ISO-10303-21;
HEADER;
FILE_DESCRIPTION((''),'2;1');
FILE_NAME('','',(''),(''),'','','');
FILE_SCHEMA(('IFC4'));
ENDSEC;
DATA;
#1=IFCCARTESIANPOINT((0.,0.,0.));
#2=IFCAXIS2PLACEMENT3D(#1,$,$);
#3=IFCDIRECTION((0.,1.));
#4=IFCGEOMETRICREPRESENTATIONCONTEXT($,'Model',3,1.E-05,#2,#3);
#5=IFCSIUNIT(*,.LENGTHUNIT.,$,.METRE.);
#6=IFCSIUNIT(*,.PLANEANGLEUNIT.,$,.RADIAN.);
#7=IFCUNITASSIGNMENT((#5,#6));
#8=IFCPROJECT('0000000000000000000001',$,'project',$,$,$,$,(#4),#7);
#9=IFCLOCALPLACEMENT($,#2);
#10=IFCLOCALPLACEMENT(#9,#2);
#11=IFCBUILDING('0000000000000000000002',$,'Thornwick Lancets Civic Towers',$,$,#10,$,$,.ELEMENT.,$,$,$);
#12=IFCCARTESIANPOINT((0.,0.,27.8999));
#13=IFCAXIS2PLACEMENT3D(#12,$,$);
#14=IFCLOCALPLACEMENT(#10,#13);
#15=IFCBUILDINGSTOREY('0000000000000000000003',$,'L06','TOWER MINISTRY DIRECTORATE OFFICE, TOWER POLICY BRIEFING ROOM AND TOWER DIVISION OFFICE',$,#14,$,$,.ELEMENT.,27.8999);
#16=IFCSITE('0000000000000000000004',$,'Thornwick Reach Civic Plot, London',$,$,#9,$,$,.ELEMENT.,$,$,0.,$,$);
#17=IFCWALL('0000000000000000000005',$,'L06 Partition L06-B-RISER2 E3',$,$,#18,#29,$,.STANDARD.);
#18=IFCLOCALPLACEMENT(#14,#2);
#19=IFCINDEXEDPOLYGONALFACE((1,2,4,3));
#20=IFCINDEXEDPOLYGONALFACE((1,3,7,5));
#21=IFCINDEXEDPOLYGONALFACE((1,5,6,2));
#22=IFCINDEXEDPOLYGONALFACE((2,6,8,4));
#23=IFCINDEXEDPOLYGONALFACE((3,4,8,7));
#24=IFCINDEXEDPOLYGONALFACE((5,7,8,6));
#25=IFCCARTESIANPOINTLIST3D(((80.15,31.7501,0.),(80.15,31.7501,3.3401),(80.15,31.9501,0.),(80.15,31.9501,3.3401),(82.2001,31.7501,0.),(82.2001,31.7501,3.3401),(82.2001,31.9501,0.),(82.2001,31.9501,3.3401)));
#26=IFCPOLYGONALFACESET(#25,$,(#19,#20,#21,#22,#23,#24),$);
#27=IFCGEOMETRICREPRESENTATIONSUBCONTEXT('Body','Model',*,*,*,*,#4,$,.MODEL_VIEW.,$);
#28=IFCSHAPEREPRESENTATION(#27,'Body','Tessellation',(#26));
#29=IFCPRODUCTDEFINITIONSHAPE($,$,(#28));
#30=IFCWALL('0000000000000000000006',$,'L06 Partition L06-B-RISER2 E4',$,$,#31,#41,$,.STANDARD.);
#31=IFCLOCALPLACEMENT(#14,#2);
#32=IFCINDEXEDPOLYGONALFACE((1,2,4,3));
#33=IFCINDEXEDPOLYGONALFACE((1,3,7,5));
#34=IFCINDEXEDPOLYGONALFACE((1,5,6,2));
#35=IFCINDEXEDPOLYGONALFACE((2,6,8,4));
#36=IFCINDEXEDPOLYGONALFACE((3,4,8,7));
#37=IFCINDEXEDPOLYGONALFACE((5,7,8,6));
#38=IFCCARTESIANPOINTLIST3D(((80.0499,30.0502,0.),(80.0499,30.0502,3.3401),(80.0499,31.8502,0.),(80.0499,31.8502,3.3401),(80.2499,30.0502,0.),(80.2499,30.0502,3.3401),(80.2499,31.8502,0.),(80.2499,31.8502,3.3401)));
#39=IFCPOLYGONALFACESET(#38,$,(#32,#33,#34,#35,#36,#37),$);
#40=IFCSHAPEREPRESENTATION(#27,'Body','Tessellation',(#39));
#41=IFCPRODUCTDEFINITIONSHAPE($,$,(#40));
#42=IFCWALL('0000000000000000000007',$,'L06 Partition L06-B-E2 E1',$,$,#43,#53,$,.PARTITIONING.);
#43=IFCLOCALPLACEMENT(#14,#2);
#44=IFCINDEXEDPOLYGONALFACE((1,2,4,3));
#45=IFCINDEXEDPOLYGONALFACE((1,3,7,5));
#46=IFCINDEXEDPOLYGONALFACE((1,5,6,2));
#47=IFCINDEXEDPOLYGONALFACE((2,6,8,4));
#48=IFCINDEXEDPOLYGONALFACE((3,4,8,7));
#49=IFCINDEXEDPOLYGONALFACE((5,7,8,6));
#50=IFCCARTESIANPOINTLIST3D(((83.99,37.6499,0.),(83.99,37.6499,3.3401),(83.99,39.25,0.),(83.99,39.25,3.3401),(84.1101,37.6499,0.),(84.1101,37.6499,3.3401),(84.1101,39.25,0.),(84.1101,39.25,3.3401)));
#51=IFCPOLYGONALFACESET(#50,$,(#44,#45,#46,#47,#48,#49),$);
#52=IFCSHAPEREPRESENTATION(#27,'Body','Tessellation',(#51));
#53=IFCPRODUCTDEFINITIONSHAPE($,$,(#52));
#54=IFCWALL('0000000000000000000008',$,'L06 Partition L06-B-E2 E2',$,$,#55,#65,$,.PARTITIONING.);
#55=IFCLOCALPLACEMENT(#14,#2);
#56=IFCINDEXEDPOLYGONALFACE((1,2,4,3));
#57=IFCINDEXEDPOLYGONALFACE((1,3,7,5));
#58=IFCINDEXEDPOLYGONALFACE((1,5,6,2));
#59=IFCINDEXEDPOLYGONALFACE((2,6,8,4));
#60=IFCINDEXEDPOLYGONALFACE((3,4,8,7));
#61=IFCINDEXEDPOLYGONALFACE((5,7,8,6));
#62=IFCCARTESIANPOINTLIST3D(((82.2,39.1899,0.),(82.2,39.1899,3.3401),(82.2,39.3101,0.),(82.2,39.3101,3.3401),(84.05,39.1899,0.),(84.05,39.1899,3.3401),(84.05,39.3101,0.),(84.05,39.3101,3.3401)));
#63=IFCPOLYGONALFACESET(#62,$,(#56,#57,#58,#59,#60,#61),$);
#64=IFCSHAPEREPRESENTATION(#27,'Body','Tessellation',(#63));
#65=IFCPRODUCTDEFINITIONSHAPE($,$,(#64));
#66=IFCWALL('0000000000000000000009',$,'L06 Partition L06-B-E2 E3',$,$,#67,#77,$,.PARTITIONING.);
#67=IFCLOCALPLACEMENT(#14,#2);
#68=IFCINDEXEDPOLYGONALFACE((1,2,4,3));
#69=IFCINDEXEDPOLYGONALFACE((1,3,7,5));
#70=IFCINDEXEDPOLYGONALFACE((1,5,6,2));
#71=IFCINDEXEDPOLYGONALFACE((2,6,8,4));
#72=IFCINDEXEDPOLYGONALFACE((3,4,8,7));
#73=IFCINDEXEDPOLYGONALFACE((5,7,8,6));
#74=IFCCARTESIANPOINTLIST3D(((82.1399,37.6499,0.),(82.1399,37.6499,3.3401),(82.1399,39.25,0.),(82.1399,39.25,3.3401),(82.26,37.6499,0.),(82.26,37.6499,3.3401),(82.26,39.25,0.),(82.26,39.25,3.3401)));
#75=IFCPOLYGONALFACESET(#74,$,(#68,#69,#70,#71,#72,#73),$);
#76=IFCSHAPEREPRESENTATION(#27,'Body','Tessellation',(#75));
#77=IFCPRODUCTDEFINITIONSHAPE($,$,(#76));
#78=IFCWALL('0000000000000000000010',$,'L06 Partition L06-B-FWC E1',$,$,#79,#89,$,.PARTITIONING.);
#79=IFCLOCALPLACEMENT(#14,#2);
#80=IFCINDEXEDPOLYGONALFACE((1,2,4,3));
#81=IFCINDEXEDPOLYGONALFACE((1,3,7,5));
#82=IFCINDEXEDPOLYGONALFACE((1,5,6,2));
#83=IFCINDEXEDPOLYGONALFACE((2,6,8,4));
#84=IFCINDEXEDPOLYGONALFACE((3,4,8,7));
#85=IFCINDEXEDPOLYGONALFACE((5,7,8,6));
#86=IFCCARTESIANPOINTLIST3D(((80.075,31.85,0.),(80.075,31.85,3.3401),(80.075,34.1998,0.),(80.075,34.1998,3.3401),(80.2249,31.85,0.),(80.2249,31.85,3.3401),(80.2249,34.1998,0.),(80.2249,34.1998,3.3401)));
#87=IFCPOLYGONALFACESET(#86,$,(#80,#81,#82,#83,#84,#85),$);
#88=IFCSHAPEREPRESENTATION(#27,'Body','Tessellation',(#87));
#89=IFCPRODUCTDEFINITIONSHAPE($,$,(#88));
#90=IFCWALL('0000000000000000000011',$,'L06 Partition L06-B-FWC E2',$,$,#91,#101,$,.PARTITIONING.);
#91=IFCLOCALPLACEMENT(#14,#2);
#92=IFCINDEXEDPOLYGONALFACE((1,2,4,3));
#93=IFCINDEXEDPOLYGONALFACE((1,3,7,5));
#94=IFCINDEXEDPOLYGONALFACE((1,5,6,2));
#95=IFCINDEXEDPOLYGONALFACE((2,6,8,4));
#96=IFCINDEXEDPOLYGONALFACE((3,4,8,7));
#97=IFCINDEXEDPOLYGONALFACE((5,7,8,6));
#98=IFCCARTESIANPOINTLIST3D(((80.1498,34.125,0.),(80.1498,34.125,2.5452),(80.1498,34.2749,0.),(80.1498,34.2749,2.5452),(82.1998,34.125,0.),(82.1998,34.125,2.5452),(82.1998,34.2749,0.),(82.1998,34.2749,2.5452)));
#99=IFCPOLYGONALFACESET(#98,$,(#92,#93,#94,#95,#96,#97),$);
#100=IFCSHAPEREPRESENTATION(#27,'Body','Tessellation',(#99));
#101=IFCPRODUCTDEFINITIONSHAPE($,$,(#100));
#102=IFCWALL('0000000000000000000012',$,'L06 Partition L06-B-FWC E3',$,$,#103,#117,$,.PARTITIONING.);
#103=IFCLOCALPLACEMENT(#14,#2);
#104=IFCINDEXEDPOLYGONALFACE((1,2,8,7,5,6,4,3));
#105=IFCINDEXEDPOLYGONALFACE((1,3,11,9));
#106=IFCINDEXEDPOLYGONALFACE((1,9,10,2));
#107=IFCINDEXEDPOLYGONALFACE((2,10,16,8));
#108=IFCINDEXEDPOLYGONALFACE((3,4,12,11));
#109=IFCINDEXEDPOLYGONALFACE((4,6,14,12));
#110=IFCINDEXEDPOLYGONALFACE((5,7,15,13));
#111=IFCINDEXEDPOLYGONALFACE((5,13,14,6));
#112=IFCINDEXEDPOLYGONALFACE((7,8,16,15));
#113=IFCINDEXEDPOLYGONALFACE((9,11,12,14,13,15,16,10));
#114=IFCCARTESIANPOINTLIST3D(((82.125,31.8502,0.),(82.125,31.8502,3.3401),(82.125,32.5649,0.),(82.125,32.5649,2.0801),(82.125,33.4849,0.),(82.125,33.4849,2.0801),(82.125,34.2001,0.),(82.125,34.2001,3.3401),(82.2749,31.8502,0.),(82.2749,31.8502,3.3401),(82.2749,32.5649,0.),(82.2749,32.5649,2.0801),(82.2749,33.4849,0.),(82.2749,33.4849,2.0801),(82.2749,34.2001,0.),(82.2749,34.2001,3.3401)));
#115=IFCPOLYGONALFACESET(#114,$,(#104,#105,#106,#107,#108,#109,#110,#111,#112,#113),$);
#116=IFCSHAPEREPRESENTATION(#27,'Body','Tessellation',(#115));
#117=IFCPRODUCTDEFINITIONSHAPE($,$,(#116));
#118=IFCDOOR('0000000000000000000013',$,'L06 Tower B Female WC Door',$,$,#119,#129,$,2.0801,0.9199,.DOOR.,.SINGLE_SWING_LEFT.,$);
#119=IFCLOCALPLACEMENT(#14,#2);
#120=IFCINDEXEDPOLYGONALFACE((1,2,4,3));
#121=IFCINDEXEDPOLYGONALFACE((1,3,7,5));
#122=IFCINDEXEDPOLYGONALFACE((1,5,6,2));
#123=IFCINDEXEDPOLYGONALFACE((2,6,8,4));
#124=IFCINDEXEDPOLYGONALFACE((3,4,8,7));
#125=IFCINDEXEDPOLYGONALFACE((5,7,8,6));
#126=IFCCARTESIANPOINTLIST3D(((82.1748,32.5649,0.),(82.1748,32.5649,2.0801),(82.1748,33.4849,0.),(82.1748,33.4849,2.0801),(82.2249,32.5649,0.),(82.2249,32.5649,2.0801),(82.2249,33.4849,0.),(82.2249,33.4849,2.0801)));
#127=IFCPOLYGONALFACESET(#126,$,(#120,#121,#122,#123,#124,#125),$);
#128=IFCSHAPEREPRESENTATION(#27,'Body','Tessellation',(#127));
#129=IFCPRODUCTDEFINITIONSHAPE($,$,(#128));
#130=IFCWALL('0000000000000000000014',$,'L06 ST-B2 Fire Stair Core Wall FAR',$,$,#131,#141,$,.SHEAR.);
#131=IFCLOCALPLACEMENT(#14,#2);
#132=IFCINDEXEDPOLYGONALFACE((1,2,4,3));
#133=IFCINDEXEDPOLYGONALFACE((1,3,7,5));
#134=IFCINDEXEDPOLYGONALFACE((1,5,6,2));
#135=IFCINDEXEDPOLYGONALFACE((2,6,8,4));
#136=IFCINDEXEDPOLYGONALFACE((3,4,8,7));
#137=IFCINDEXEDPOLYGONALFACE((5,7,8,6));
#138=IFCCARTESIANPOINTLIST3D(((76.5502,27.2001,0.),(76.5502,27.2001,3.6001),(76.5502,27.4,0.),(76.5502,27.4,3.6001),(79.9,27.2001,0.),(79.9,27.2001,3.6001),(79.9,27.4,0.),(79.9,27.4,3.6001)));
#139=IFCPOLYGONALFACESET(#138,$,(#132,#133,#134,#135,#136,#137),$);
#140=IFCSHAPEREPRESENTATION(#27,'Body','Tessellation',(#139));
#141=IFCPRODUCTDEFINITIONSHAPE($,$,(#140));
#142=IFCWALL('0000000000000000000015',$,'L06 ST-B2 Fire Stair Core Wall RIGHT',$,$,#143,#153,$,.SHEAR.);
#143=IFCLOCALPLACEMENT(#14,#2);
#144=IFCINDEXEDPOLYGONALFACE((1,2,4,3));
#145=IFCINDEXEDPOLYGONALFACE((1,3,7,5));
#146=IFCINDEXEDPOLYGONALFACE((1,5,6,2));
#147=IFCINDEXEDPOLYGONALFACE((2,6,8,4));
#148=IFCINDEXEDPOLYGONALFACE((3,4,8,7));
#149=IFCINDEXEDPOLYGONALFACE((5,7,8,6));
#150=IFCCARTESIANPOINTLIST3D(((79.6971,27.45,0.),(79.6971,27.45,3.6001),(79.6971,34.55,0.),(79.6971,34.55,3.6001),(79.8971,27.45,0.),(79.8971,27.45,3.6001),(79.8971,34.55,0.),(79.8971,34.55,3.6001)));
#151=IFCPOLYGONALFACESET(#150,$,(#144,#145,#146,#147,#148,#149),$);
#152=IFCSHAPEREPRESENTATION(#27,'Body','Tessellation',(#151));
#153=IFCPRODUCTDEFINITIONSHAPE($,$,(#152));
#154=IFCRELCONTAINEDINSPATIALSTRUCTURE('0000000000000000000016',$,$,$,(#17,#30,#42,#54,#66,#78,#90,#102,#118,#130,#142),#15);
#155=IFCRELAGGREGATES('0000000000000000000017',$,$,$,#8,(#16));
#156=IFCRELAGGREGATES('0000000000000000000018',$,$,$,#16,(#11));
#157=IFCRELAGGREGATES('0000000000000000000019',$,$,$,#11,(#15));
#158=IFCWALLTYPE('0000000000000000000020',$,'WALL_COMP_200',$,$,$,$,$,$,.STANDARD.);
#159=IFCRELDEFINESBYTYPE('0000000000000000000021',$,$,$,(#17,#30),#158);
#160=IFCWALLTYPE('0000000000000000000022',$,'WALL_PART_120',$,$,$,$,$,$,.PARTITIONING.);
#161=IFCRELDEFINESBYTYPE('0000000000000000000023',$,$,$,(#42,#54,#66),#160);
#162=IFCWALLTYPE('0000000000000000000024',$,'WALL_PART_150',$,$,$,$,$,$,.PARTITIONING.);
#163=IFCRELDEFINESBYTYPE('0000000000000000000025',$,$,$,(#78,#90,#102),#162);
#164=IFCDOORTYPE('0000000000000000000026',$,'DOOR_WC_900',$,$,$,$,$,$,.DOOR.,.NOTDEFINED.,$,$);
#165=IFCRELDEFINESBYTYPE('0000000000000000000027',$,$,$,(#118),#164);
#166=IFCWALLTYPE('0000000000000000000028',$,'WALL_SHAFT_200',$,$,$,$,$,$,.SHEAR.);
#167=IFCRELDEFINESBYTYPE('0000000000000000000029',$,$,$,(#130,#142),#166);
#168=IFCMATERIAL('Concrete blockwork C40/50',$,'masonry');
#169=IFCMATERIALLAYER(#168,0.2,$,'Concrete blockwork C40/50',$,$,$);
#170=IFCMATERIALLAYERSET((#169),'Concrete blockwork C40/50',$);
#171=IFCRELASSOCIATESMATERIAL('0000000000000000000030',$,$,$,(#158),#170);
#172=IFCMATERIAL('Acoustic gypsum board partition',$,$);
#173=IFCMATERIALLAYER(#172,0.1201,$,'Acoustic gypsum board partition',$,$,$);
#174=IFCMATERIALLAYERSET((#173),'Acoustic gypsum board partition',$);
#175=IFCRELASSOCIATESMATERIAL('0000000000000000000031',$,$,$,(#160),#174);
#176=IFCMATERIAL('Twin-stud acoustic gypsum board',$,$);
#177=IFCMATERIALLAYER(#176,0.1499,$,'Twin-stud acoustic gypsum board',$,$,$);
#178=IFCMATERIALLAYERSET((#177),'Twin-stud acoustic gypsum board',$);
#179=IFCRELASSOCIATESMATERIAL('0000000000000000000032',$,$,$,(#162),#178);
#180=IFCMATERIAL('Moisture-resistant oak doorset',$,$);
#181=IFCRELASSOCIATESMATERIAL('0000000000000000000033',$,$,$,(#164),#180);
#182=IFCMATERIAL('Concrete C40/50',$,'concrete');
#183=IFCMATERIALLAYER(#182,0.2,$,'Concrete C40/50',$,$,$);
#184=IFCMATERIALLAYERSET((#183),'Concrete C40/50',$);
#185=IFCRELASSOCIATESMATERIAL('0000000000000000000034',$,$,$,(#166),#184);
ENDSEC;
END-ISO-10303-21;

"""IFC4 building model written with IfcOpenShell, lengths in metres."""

from ifc_helpers import new_model, si_unit, direction, frame, frame_2d, origin, place, context, subcontext, project, spatial, rectangle, extrude, material, layer, layer_set, type_object, element, fill, save


model = new_model("IFC4")

# Units and contexts
model_context = context("Model", 3, precision=1e-05, world=origin(), true_north=direction((0.0, 1.0)))
body_context = subcontext(model_context, "Body", "Model", "MODEL_VIEW")
ifc_project = project(units=[si_unit("LENGTHUNIT", "METRE"), si_unit("PLANEANGLEUNIT", "RADIAN")], contexts=[model_context])

# Site, building, storey
site_placement = place(None, origin())
site = spatial("IfcSite", under=ifc_project, at=site_placement, Name="Thornwick Reach Civic Plot, London", CompositionType="ELEMENT", RefElevation=0.0)
building_placement = place(site_placement, origin())
building = spatial("IfcBuilding", under=site, at=building_placement, Name="Thornwick Lancets Civic Towers", CompositionType="ELEMENT")
storey_placement = place(building_placement, frame((0.0, 0.0, 27.8999)))
storey = spatial("IfcBuildingStorey", under=building, at=storey_placement, Name="L06", Description="TOWER MINISTRY DIRECTORATE OFFICE, TOWER POLICY BRIEFING ROOM AND TOWER DIVISION OFFICE", CompositionType="ELEMENT", Elevation=27.8999)

# Shared definitions
ifc_material_1 = material(Name="Concrete blockwork C40/50", Category="masonry")
ifc_layer_1 = layer(ifc_material_1, 0.2, Name="Concrete blockwork C40/50")
ifc_layer_set_1 = layer_set([ifc_layer_1], Name="Concrete blockwork C40/50")
wall_type_1 = type_object("IfcWallType", Name="WALL_COMP_200", PredefinedType="STANDARD", material=ifc_layer_set_1)

# Walls
wall_1_placement = place(storey_placement, frame((82.2, 31.8501, 0.0), z_axis=(0.0, 0.0, 1.0), x_axis=(-1.0, 0.0, 0.0)))
element("IfcWall", 1, at=wall_1_placement, inside=storey, type_object=wall_type_1, Name="L06 Partition L06-B-RISER2 E3", PredefinedType="STANDARD", context=body_context, shape_type="SweptSolid", body=[
    extrude(rectangle(XDim=2.05, YDim=0.2, at=frame_2d((1.0249, 0.0))), origin(), (0.0, 0.0, 1.0), 3.3401),
])
wall_2_placement = place(storey_placement, frame((80.1499, 31.8501, 0.0), z_axis=(0.0, 0.0, 1.0), x_axis=(0.0, -1.0, 0.0)))
element("IfcWall", 2, at=wall_2_placement, inside=storey, type_object=wall_type_1, Name="L06 Partition L06-B-RISER2 E4", PredefinedType="STANDARD", context=body_context, shape_type="SweptSolid", body=[
    extrude(rectangle(XDim=1.8, YDim=0.2, at=frame_2d((0.8999, 0.0))), origin(), (0.0, 0.0, 1.0), 3.3401),
])
ifc_material_2 = material(Name="Acoustic gypsum board partition")
ifc_layer_2 = layer(ifc_material_2, 0.1201, Name="Acoustic gypsum board partition")
ifc_layer_set_2 = layer_set([ifc_layer_2], Name="Acoustic gypsum board partition")
wall_type_2 = type_object("IfcWallType", Name="WALL_PART_120", PredefinedType="PARTITIONING", material=ifc_layer_set_2)
wall_3_placement = place(storey_placement, frame((84.05, 37.6499, 0.0), z_axis=(0.0, 0.0, 1.0), x_axis=(0.0, 1.0, 0.0)))
element("IfcWall", 3, at=wall_3_placement, inside=storey, type_object=wall_type_2, Name="L06 Partition L06-B-E2 E1", PredefinedType="PARTITIONING", context=body_context, shape_type="SweptSolid", body=[
    extrude(rectangle(XDim=1.6001, YDim=0.1201, at=frame_2d((0.8, 0.0))), origin(), (0.0, 0.0, 1.0), 3.3401),
])
wall_4_placement = place(storey_placement, frame((84.05, 39.25, 0.0), z_axis=(0.0, 0.0, 1.0), x_axis=(-1.0, 0.0, 0.0)))
element("IfcWall", 4, at=wall_4_placement, inside=storey, type_object=wall_type_2, Name="L06 Partition L06-B-E2 E2", PredefinedType="PARTITIONING", context=body_context, shape_type="SweptSolid", body=[
    extrude(rectangle(XDim=1.8501, YDim=0.1201, at=frame_2d((0.925, 0.0))), origin(), (0.0, 0.0, 1.0), 3.3401),
])
wall_5_placement = place(storey_placement, frame((82.2, 39.25, 0.0), z_axis=(0.0, 0.0, 1.0), x_axis=(0.0, -1.0, 0.0)))
element("IfcWall", 5, at=wall_5_placement, inside=storey, type_object=wall_type_2, Name="L06 Partition L06-B-E2 E3", PredefinedType="PARTITIONING", context=body_context, shape_type="SweptSolid", body=[
    extrude(rectangle(XDim=1.6001, YDim=0.1201, at=frame_2d((0.8, 0.0))), origin(), (0.0, 0.0, 1.0), 3.3401),
])
ifc_material_3 = material(Name="Twin-stud acoustic gypsum board")
ifc_layer_3 = layer(ifc_material_3, 0.1499, Name="Twin-stud acoustic gypsum board")
ifc_layer_set_3 = layer_set([ifc_layer_3], Name="Twin-stud acoustic gypsum board")
wall_type_3 = type_object("IfcWallType", Name="WALL_PART_150", PredefinedType="PARTITIONING", material=ifc_layer_set_3)
wall_6_placement = place(storey_placement, frame((80.1499, 31.8501, 0.0), z_axis=(0.0, 0.0, 1.0), x_axis=(0.0, 1.0, 0.0)))
element("IfcWall", 6, at=wall_6_placement, inside=storey, type_object=wall_type_3, Name="L06 Partition L06-B-FWC E1", PredefinedType="PARTITIONING", context=body_context, shape_type="SweptSolid", body=[
    extrude(rectangle(XDim=2.3499, YDim=0.1499, at=frame_2d((1.1748, 0.0))), origin(), (0.0, 0.0, 1.0), 3.3401),
])
wall_7_placement = place(storey_placement, frame((80.1499, 34.2, 0.0), z_axis=(0.0, 0.0, 1.0), x_axis=(1.0, 0.0, 0.0)))
element("IfcWall", 7, at=wall_7_placement, inside=storey, type_object=wall_type_3, Name="L06 Partition L06-B-FWC E2", PredefinedType="PARTITIONING", context=body_context, shape_type="SweptSolid", body=[
    extrude(rectangle(XDim=2.05, YDim=0.1499, at=frame_2d((1.0249, 0.0))), origin(), (0.0, 0.0, 1.0), 2.5452),
])

# Wall, opening, door
wall_8_placement = place(storey_placement, frame((82.2, 34.2, 0.0), z_axis=(0.0, 0.0, 1.0), x_axis=(0.0, -1.0, 0.0)))
wall_8 = element("IfcWall", 8, at=wall_8_placement, inside=storey, type_object=wall_type_3, Name="L06 Partition L06-B-FWC E3", PredefinedType="PARTITIONING", context=body_context, shape_type="SweptSolid", body=[
    extrude(rectangle(XDim=2.3499, YDim=0.1499, at=frame_2d((1.1748, 0.0))), origin(), (0.0, 0.0, 1.0), 3.3401),
])
opening_1_placement = place(wall_8_placement, frame((0.7151, 0.0, 0.0)))
opening_1 = element("IfcOpeningElement", 9, at=opening_1_placement, cuts=wall_8, PredefinedType="OPENING", context=body_context, shape_type="SweptSolid", body=[
    extrude(rectangle(XDim=0.9199, YDim=2.0801, at=frame_2d((0.46, 1.04))), frame((0.0, 0.085, 0.0), z_axis=(0.0, -1.0, 0.0), x_axis=(1.0, 0.0, 0.0)), (0.0, 0.0, 1.0), 0.1699),
])
ifc_material_4 = material(Name="Moisture-resistant oak doorset")
door_type_1 = type_object("IfcDoorType", Name="DOOR_WC_900", OperationType="NOTDEFINED", PredefinedType="DOOR", material=ifc_material_4)
door_1_placement = place(opening_1_placement, origin())
door_1 = element("IfcDoor", 10, at=door_1_placement, inside=storey, type_object=door_type_1, Name="L06 Tower B Female WC Door", OperationType="SINGLE_SWING_LEFT", OverallHeight=2.0801, OverallWidth=0.9199, PredefinedType="DOOR", context=body_context, shape_type="SweptSolid", body=[
    extrude(rectangle(XDim=0.9199, YDim=2.0801, at=frame_2d((0.46, 1.04))), frame((0.0, 0.0249, 0.0), z_axis=(0.0, -1.0, 0.0), x_axis=(1.0, 0.0, 0.0)), (0.0, 0.0, 1.0), 0.05),
])
fill(opening_1, door_1)

# Walls
ifc_material_5 = material(Name="Concrete C40/50", Category="concrete")
ifc_layer_4 = layer(ifc_material_5, 0.2, Name="Concrete C40/50")
ifc_layer_set_4 = layer_set([ifc_layer_4], Name="Concrete C40/50")
wall_type_4 = type_object("IfcWallType", Name="WALL_SHAFT_200", PredefinedType="SHEAR", material=ifc_layer_set_4)
wall_9_placement = place(storey_placement, frame((79.8999, 27.3, 0.0), z_axis=(0.0, 0.0, 1.0), x_axis=(-1.0, 0.0, 0.0)))
element("IfcWall", 11, at=wall_9_placement, inside=storey, type_object=wall_type_4, Name="L06 ST-B2 Fire Stair Core Wall FAR", PredefinedType="SHEAR", context=body_context, shape_type="SweptSolid", body=[
    extrude(rectangle(XDim=3.3499, YDim=0.2, at=frame_2d((1.6748, 0.0))), origin(), (0.0, 0.0, 1.0), 3.6001),
])
wall_10_placement = place(storey_placement, frame((79.7971, 27.45, 0.0), z_axis=(0.0, 0.0, 1.0), x_axis=(0.0, 1.0, 0.0)))
element("IfcWall", 12, at=wall_10_placement, inside=storey, type_object=wall_type_4, Name="L06 ST-B2 Fire Stair Core Wall RIGHT", PredefinedType="SHEAR", context=body_context, shape_type="SweptSolid", body=[
    extrude(rectangle(XDim=7.1001, YDim=0.2, at=frame_2d((3.55, 0.0))), origin(), (0.0, 0.0, 1.0), 3.6001),
])

save(model, "model.ifc")
